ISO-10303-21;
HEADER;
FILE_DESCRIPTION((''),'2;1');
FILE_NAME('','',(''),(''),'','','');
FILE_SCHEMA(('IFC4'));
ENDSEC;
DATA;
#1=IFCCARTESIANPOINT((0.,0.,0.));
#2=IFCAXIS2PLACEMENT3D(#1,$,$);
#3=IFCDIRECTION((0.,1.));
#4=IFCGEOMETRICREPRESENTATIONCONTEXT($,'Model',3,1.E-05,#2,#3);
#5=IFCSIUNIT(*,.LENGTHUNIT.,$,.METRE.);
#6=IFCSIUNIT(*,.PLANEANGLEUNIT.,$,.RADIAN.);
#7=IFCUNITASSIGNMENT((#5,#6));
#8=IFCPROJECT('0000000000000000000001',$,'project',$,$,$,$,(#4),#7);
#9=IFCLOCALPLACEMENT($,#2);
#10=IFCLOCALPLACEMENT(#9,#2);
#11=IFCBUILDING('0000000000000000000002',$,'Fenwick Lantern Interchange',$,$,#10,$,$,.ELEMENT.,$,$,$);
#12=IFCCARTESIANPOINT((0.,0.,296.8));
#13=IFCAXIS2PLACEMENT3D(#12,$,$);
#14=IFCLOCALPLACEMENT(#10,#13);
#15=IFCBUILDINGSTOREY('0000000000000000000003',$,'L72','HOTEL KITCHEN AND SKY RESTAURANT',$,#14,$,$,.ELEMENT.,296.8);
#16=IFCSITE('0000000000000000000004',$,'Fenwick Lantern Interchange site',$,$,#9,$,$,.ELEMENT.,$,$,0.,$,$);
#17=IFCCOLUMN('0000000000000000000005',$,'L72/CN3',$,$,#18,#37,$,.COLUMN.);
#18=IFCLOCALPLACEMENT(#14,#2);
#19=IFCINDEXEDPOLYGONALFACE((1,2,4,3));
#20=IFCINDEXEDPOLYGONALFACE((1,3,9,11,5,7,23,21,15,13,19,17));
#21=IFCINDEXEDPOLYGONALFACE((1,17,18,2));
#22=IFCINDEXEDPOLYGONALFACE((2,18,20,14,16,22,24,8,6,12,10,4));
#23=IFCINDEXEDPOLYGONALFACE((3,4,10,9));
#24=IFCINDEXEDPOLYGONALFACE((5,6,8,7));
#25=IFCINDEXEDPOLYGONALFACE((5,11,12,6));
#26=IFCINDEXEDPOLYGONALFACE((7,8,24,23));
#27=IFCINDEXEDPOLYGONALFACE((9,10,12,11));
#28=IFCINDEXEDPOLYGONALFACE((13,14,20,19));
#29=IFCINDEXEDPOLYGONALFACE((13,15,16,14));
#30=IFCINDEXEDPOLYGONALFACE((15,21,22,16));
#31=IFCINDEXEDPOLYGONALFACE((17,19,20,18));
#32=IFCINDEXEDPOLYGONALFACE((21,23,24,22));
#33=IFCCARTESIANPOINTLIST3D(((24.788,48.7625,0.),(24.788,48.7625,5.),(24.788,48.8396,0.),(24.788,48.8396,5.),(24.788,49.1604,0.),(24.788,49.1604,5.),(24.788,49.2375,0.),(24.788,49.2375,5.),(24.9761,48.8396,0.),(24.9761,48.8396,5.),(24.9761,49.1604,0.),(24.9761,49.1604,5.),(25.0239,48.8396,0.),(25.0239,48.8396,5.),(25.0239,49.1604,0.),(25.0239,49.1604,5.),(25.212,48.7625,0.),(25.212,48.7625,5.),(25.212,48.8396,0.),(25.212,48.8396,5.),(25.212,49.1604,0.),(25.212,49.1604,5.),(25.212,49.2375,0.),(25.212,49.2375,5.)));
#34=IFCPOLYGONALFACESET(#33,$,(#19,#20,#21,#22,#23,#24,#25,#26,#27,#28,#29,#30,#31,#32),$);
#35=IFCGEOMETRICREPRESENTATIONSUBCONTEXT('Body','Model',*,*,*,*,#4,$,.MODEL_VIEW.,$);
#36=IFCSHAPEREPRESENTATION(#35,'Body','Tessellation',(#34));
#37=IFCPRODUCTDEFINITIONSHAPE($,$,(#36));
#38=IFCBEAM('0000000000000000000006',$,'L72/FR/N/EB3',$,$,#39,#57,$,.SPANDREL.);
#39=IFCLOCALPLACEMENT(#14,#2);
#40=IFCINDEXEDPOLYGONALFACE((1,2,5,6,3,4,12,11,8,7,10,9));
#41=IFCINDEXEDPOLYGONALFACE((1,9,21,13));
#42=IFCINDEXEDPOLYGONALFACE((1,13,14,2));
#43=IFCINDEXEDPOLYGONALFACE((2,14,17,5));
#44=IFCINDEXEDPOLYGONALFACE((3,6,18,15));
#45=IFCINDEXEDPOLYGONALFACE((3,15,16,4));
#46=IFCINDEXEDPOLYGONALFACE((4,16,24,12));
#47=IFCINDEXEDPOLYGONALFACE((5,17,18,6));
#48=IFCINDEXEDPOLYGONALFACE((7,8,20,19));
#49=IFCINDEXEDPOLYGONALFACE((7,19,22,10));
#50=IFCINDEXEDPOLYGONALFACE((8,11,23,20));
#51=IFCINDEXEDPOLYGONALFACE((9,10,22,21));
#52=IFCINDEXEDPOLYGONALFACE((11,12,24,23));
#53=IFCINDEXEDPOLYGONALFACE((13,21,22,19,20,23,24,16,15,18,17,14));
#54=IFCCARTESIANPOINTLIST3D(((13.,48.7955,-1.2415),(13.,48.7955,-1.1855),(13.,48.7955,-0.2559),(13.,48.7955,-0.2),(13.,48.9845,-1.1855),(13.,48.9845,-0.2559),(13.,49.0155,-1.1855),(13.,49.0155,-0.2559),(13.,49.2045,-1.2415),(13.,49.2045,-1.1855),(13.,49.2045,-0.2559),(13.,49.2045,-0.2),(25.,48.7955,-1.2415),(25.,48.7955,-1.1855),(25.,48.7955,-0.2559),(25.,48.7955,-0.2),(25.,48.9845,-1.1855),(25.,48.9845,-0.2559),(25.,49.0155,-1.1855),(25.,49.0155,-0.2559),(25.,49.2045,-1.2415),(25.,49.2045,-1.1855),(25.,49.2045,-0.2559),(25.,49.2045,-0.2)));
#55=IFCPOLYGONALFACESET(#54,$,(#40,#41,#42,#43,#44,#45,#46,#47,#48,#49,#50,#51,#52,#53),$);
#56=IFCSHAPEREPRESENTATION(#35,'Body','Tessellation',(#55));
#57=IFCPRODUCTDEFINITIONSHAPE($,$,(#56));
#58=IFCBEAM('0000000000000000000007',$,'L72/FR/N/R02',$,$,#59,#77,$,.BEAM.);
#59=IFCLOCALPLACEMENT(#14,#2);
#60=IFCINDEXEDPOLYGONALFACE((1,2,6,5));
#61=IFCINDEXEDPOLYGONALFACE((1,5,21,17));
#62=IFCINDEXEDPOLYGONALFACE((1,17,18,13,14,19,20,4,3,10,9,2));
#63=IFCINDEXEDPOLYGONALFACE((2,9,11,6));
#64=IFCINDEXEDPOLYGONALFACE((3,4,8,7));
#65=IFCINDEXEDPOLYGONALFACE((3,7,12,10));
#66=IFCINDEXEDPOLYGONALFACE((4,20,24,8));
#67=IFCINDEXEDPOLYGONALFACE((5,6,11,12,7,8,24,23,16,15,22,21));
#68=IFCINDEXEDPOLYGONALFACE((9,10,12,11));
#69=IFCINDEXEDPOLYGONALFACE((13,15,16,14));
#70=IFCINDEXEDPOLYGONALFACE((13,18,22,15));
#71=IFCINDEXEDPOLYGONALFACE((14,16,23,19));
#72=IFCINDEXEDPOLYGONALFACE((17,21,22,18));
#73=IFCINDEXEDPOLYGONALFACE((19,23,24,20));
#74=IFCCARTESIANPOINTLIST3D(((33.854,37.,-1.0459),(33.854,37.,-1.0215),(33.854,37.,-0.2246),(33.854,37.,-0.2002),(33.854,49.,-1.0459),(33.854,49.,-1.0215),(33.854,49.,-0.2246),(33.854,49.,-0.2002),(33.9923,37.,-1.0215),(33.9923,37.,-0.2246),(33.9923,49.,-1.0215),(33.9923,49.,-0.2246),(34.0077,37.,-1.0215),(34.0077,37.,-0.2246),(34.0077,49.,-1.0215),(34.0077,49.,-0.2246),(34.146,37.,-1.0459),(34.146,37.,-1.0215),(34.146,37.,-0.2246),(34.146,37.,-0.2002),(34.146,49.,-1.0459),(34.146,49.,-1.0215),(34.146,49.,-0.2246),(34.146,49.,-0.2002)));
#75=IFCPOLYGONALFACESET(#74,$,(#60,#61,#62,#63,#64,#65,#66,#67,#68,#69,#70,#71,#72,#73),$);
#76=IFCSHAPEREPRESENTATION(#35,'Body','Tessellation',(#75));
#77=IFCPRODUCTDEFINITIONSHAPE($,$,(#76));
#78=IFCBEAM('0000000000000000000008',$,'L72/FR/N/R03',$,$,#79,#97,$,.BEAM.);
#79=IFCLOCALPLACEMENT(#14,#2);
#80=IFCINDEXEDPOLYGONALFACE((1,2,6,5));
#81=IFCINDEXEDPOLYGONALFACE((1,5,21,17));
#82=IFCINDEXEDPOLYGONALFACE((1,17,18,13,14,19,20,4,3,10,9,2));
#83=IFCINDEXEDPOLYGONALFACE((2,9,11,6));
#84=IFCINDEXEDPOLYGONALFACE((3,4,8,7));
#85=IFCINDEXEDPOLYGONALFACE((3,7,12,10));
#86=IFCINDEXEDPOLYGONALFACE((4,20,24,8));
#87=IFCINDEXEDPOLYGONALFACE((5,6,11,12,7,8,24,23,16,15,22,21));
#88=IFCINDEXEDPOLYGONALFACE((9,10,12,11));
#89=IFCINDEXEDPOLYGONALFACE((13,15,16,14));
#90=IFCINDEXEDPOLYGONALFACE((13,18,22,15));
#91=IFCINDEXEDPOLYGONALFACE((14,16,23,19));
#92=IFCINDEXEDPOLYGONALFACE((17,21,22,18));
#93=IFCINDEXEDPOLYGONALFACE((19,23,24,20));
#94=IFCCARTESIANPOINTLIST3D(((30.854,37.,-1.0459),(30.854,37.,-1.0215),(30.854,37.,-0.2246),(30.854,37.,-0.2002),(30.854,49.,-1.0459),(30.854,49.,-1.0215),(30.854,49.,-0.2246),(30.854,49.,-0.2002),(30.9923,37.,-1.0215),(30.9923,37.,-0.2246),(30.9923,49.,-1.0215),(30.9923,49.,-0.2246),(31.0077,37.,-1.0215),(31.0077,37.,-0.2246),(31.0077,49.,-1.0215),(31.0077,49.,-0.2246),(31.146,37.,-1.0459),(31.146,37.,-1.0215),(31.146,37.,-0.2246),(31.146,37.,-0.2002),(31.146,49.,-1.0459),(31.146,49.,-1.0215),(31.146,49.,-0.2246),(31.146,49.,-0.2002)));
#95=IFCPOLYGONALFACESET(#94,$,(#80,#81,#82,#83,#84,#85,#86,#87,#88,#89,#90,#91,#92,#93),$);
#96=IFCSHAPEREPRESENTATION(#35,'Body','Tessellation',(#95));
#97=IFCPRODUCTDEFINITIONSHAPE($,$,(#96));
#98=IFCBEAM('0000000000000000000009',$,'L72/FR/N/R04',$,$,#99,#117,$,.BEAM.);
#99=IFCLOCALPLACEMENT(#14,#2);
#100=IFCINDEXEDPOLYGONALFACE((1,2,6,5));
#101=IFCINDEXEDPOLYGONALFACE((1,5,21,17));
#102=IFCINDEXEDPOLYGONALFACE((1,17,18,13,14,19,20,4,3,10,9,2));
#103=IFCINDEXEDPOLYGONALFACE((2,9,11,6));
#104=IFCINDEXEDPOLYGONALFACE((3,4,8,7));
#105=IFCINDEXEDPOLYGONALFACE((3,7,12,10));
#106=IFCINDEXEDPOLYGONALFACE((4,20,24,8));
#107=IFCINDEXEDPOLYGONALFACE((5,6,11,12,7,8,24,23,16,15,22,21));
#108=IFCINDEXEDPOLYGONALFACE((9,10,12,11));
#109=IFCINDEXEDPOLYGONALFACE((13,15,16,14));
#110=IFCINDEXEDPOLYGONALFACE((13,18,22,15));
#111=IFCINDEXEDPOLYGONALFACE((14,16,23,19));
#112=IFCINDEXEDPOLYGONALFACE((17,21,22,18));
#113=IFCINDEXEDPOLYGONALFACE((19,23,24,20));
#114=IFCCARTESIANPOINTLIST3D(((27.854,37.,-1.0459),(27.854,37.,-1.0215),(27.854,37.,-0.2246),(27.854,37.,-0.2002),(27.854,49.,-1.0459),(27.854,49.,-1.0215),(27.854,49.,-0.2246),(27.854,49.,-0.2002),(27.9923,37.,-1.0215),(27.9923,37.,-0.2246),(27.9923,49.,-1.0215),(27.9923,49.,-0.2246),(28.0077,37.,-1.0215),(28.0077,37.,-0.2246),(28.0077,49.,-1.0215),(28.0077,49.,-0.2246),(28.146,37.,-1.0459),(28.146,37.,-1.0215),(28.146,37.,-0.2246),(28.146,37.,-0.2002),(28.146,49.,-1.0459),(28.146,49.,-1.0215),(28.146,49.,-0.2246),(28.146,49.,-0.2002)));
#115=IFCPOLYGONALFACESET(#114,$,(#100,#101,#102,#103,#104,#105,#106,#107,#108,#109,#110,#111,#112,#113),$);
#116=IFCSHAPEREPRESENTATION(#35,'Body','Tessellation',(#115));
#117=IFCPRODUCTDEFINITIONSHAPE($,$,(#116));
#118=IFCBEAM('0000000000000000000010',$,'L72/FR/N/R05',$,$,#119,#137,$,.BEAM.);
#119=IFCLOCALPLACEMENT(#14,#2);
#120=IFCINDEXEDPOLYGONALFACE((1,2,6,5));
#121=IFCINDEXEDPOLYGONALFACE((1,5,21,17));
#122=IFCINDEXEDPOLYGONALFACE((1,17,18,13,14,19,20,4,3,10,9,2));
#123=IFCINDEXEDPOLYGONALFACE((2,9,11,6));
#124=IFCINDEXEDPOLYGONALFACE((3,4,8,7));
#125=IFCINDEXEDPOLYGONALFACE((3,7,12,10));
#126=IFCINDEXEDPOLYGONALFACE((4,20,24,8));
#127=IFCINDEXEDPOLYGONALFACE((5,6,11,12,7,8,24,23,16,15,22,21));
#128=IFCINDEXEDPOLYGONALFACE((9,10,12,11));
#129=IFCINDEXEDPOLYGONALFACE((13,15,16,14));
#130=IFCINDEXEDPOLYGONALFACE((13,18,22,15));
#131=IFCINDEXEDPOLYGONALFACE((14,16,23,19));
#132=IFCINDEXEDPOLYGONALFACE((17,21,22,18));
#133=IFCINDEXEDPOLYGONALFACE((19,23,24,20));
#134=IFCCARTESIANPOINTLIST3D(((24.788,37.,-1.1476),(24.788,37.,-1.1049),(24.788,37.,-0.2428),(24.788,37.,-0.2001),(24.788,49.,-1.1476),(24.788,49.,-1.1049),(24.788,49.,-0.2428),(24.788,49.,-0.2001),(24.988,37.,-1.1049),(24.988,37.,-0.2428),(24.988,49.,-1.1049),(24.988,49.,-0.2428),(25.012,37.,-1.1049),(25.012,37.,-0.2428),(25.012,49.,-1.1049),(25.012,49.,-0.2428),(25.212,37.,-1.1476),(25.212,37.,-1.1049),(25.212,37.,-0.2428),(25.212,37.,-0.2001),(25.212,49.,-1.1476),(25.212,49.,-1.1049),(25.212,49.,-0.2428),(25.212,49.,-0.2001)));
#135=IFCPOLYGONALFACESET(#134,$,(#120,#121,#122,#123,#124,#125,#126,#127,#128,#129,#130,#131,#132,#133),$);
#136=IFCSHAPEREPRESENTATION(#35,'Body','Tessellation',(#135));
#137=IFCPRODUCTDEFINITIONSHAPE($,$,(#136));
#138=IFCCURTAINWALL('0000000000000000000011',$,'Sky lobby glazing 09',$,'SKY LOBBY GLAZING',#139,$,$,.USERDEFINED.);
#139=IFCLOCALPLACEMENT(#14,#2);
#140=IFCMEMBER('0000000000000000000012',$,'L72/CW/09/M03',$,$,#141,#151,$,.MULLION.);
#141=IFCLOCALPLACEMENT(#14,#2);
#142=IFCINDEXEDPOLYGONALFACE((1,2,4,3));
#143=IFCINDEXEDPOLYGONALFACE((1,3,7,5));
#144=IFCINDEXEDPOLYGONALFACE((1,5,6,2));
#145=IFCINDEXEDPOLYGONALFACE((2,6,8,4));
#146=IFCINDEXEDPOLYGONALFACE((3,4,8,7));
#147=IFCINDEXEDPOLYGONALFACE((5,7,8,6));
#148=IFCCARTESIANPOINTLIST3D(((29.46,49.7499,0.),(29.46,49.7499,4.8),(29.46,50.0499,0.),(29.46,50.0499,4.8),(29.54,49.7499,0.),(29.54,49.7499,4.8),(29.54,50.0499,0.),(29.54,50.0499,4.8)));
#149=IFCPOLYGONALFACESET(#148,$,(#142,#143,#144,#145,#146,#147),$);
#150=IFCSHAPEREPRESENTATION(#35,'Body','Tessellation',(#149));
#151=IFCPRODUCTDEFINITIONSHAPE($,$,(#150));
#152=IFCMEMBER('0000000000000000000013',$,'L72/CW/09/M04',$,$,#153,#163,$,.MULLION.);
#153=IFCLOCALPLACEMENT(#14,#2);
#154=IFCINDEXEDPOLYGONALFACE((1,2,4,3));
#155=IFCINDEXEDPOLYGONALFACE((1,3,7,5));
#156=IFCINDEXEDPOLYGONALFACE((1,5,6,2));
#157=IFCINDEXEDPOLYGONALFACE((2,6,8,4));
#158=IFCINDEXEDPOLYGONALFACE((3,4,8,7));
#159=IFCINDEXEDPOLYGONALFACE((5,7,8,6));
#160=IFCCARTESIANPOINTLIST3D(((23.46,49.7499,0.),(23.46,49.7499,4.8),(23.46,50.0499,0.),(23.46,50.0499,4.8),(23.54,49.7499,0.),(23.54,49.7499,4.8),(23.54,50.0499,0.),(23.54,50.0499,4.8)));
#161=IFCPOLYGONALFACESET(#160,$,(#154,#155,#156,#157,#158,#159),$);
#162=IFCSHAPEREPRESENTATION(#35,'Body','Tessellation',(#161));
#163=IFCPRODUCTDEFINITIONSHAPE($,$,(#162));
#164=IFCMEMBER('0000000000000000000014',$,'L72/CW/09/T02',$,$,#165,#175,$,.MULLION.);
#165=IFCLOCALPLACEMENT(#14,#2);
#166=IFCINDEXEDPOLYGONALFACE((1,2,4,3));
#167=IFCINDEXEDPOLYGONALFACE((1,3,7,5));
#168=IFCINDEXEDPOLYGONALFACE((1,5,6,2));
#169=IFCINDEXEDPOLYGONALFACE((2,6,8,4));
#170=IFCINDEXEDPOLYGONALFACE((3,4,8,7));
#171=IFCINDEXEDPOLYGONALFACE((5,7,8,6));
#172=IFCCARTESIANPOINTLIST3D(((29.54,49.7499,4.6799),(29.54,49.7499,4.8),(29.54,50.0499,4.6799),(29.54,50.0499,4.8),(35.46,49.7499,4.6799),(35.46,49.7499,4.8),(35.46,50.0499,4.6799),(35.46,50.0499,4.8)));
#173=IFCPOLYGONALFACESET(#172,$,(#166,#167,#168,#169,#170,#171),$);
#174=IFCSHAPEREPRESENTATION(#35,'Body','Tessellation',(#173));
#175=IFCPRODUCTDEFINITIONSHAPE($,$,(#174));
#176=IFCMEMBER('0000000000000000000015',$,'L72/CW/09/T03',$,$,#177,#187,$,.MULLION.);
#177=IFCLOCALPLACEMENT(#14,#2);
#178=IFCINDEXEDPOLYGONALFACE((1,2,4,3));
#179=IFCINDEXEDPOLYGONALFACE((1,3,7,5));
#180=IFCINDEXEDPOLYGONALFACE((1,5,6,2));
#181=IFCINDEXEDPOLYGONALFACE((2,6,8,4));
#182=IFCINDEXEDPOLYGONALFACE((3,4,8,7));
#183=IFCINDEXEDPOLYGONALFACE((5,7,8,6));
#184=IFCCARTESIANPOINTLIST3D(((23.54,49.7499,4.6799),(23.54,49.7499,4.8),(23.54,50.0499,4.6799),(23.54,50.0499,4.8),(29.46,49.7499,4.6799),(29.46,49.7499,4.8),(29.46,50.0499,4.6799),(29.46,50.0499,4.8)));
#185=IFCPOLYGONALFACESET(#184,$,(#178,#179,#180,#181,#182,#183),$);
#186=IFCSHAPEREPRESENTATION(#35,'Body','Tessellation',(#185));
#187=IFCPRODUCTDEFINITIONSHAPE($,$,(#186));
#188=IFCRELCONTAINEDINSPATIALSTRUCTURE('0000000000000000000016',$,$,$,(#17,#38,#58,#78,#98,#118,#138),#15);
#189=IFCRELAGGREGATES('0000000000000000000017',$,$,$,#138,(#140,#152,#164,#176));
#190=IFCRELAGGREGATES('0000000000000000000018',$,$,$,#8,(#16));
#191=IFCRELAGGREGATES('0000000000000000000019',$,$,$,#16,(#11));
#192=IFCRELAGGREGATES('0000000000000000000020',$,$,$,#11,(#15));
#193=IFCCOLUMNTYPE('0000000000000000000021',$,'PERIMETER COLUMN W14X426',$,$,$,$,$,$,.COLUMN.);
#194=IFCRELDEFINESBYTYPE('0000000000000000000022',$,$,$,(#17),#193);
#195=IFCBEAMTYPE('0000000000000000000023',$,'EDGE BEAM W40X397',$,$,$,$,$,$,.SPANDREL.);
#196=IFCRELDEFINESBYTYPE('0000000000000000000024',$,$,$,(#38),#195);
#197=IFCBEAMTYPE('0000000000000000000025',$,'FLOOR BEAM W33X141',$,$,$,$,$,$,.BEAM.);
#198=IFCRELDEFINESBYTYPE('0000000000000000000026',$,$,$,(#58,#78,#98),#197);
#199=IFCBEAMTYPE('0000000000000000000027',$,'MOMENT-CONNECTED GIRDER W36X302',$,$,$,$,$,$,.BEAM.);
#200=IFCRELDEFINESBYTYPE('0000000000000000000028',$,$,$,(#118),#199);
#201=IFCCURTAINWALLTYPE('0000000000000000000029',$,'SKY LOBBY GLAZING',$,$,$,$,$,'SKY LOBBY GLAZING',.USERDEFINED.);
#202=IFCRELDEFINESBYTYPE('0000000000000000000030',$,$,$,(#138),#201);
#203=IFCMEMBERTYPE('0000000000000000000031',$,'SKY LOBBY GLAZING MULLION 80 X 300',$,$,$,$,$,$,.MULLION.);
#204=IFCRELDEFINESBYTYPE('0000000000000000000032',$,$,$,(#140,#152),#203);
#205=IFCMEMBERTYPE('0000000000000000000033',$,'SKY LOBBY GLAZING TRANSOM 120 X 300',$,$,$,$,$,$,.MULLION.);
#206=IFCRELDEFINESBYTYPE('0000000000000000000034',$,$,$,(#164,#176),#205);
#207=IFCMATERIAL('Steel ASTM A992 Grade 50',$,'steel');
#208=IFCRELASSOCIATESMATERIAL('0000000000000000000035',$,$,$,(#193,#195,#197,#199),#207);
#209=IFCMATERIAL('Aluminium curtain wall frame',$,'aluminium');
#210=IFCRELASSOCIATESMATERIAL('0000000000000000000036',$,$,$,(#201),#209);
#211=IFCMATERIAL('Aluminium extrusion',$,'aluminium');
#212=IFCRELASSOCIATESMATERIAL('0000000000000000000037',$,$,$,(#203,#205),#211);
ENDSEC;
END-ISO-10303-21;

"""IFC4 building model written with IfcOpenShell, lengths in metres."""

from ifc_helpers import new_model, si_unit, direction, frame, origin, origin_2d, place, context, subcontext, project, spatial, rectangle, i_section, extrude, material, material_profile, profile_set, type_object, element, aggregate, save


model = new_model("IFC4")

# Units and contexts
model_context = context("Model", 3, precision=1e-05, world=origin(), true_north=direction((0.0, 1.0)))
body_context = subcontext(model_context, "Body", "Model", "MODEL_VIEW")
ifc_project = project(units=[si_unit("LENGTHUNIT", "METRE"), si_unit("PLANEANGLEUNIT", "RADIAN")], contexts=[model_context])

# Site, building, storey
site_placement = place(None, origin())
site = spatial("IfcSite", under=ifc_project, at=site_placement, Name="Fenwick Lantern Interchange site", CompositionType="ELEMENT", RefElevation=0.0)
building_placement = place(site_placement, origin())
building = spatial("IfcBuilding", under=site, at=building_placement, Name="Fenwick Lantern Interchange", CompositionType="ELEMENT")
storey_placement = place(building_placement, frame((0.0, 0.0, 296.8)))
storey = spatial("IfcBuildingStorey", under=building, at=storey_placement, Name="L72", Description="HOTEL KITCHEN AND SKY RESTAURANT", CompositionType="ELEMENT", Elevation=296.8)

# Column
ifc_material_1 = material(Name="Steel ASTM A992 Grade 50", Category="steel")
ifc_material_profile_1 = material_profile(ifc_material_1, i_section(OverallWidth=0.4241, OverallDepth=0.4751, WebThickness=0.0479, FlangeThickness=0.0771, at=origin_2d()), Name="W14X426")
ifc_profile_set_1 = profile_set([ifc_material_profile_1], Name="Steel ASTM A992 Grade 50")
column_type = type_object("IfcColumnType", Name="PERIMETER COLUMN W14X426", PredefinedType="COLUMN", material=ifc_profile_set_1)
column_placement = place(storey_placement, frame((25.0, 49.0, 0.0), z_axis=(0.0, 0.0, 1.0), x_axis=(1.0, 0.0, 0.0)))
element("IfcColumn", 1, at=column_placement, inside=storey, type_object=column_type, Name="L72/CN3", PredefinedType="COLUMN", context=body_context, shape_type="SweptSolid", body=[
    extrude(i_section(OverallWidth=0.4241, OverallDepth=0.4751, WebThickness=0.0479, FlangeThickness=0.0771, at=origin_2d()), origin(), (0.0, 0.0, 1.0), 5.0),
])

# Beams
ifc_material_profile_2 = material_profile(ifc_material_1, i_section(OverallWidth=0.4089, OverallDepth=1.0415, WebThickness=0.031, FlangeThickness=0.0559, at=origin_2d()), Name="W40X397")
ifc_profile_set_2 = profile_set([ifc_material_profile_2], Name="Steel ASTM A992 Grade 50")
beam_type_1 = type_object("IfcBeamType", Name="EDGE BEAM W40X397", PredefinedType="SPANDREL", material=ifc_profile_set_2)
beam_1_placement = place(storey_placement, frame((25.0, 49.0, -0.7207), z_axis=(-1.0, 0.0, 0.0), x_axis=(0.0, -1.0, 0.0)))
element("IfcBeam", 2, at=beam_1_placement, inside=storey, type_object=beam_type_1, Name="L72/FR/N/EB3", PredefinedType="SPANDREL", context=body_context, shape_type="SweptSolid", body=[
    extrude(i_section(OverallWidth=0.4089, OverallDepth=1.0415, WebThickness=0.031, FlangeThickness=0.0559, at=origin_2d()), origin(), (0.0, 0.0, 1.0), 12.0),
])
ifc_material_profile_3 = material_profile(ifc_material_1, i_section(OverallWidth=0.292, OverallDepth=0.8457, WebThickness=0.0154, FlangeThickness=0.0244, at=origin_2d()), Name="W33X141")
ifc_profile_set_3 = profile_set([ifc_material_profile_3], Name="Steel ASTM A992 Grade 50")
beam_type_2 = type_object("IfcBeamType", Name="FLOOR BEAM W33X141", PredefinedType="BEAM", material=ifc_profile_set_3)
for number, where, z_axis, x_axis, name in (
    (3, (34.0, 49.0, -0.623), (0.0, -1.0, 0.0), (1.0, 0.0, 0.0), "L72/FR/N/R02"),
    (4, (31.0, 49.0, -0.623), (0.0, -1.0, 0.0), (1.0, 0.0, 0.0), "L72/FR/N/R03"),
    (5, (28.0, 49.0, -0.623), (0.0, -1.0, 0.0), (1.0, 0.0, 0.0), "L72/FR/N/R04"),
):
    element("IfcBeam", number, at=place(storey_placement, frame(where, z_axis=z_axis, x_axis=x_axis)), inside=storey, type_object=beam_type_2, Name=name, PredefinedType="BEAM", context=body_context, shape_type="SweptSolid", body=[
        extrude(i_section(OverallWidth=0.292, OverallDepth=0.8457, WebThickness=0.0154, FlangeThickness=0.0244, at=origin_2d()), origin(), (0.0, 0.0, 1.0), 12.0),
    ])
ifc_material_profile_4 = material_profile(ifc_material_1, i_section(OverallWidth=0.4241, OverallDepth=0.9475, WebThickness=0.0239, FlangeThickness=0.0427, at=origin_2d()), Name="W36X302")
ifc_profile_set_4 = profile_set([ifc_material_profile_4], Name="Steel ASTM A992 Grade 50")
beam_type_3 = type_object("IfcBeamType", Name="MOMENT-CONNECTED GIRDER W36X302", PredefinedType="BEAM", material=ifc_profile_set_4)
beam_2_placement = place(storey_placement, frame((25.0, 49.0, -0.6738), z_axis=(0.0, -1.0, 0.0), x_axis=(1.0, 0.0, 0.0)))
element("IfcBeam", 6, at=beam_2_placement, inside=storey, type_object=beam_type_3, Name="L72/FR/N/R05", PredefinedType="BEAM", context=body_context, shape_type="SweptSolid", body=[
    extrude(i_section(OverallWidth=0.4241, OverallDepth=0.9475, WebThickness=0.0239, FlangeThickness=0.0427, at=origin_2d()), origin(), (0.0, 0.0, 1.0), 12.0),
])

# Curtain wall, members
ifc_material_2 = material(Name="Aluminium curtain wall frame", Category="aluminium")
curtain_wall_type = type_object("IfcCurtainWallType", Name="SKY LOBBY GLAZING", ElementType="SKY LOBBY GLAZING", PredefinedType="USERDEFINED", material=ifc_material_2)
curtain_wall_placement = place(storey_placement, origin())
curtain_wall = element("IfcCurtainWall", 7, at=curtain_wall_placement, inside=storey, type_object=curtain_wall_type, Name="Sky lobby glazing 09", ObjectType="SKY LOBBY GLAZING", PredefinedType="USERDEFINED")
ifc_material_3 = material(Name="Aluminium extrusion", Category="aluminium")
ifc_material_profile_5 = material_profile(ifc_material_3, rectangle(XDim=0.3, YDim=0.0801, at=origin_2d()), Name="SKY LOBBY GLAZING MULLION 80 X 300")
ifc_profile_set_5 = profile_set([ifc_material_profile_5], Name="Aluminium extrusion")
member_type_1 = type_object("IfcMemberType", Name="SKY LOBBY GLAZING MULLION 80 X 300", PredefinedType="MULLION", material=ifc_profile_set_5)
member_1_placement = place(storey_placement, frame((29.5, 49.8999, 0.0), z_axis=(0.0, 0.0, 1.0), x_axis=(0.0, -1.0, 0.0)))
member_1 = element("IfcMember", 8, at=member_1_placement, type_object=member_type_1, Name="L72/CW/09/M03", PredefinedType="MULLION", context=body_context, shape_type="SweptSolid", body=[
    extrude(rectangle(XDim=0.3, YDim=0.0801, at=origin_2d()), origin(), (0.0, 0.0, 1.0), 4.8),
])
member_2_placement = place(storey_placement, frame((23.5, 49.8999, 0.0), z_axis=(0.0, 0.0, 1.0), x_axis=(0.0, -1.0, 0.0)))
member_2 = element("IfcMember", 9, at=member_2_placement, type_object=member_type_1, Name="L72/CW/09/M04", PredefinedType="MULLION", context=body_context, shape_type="SweptSolid", body=[
    extrude(rectangle(XDim=0.3, YDim=0.0801, at=origin_2d()), origin(), (0.0, 0.0, 1.0), 4.8),
])
ifc_material_profile_6 = material_profile(ifc_material_3, rectangle(XDim=0.3, YDim=0.1201, at=origin_2d()), Name="SKY LOBBY GLAZING TRANSOM 120 X 300")
ifc_profile_set_6 = profile_set([ifc_material_profile_6], Name="Aluminium extrusion")
member_type_2 = type_object("IfcMemberType", Name="SKY LOBBY GLAZING TRANSOM 120 X 300", PredefinedType="MULLION", material=ifc_profile_set_6)
member_3_placement = place(storey_placement, frame((35.46, 49.8999, 4.74), z_axis=(-1.0, 0.0, 0.0), x_axis=(0.0, -1.0, 0.0)))
member_3 = element("IfcMember", 10, at=member_3_placement, type_object=member_type_2, Name="L72/CW/09/T02", PredefinedType="MULLION", context=body_context, shape_type="SweptSolid", body=[
    extrude(rectangle(XDim=0.3, YDim=0.1201, at=origin_2d()), origin(), (0.0, 0.0, 1.0), 5.9199),
])
member_4_placement = place(storey_placement, frame((29.46, 49.8999, 4.74), z_axis=(-1.0, 0.0, 0.0), x_axis=(0.0, -1.0, 0.0)))
member_4 = element("IfcMember", 11, at=member_4_placement, type_object=member_type_2, Name="L72/CW/09/T03", PredefinedType="MULLION", context=body_context, shape_type="SweptSolid", body=[
    extrude(rectangle(XDim=0.3, YDim=0.1201, at=origin_2d()), origin(), (0.0, 0.0, 1.0), 5.9199),
])
aggregate(curtain_wall, [member_1, member_2, member_3, member_4])

save(model, "model.ifc")
